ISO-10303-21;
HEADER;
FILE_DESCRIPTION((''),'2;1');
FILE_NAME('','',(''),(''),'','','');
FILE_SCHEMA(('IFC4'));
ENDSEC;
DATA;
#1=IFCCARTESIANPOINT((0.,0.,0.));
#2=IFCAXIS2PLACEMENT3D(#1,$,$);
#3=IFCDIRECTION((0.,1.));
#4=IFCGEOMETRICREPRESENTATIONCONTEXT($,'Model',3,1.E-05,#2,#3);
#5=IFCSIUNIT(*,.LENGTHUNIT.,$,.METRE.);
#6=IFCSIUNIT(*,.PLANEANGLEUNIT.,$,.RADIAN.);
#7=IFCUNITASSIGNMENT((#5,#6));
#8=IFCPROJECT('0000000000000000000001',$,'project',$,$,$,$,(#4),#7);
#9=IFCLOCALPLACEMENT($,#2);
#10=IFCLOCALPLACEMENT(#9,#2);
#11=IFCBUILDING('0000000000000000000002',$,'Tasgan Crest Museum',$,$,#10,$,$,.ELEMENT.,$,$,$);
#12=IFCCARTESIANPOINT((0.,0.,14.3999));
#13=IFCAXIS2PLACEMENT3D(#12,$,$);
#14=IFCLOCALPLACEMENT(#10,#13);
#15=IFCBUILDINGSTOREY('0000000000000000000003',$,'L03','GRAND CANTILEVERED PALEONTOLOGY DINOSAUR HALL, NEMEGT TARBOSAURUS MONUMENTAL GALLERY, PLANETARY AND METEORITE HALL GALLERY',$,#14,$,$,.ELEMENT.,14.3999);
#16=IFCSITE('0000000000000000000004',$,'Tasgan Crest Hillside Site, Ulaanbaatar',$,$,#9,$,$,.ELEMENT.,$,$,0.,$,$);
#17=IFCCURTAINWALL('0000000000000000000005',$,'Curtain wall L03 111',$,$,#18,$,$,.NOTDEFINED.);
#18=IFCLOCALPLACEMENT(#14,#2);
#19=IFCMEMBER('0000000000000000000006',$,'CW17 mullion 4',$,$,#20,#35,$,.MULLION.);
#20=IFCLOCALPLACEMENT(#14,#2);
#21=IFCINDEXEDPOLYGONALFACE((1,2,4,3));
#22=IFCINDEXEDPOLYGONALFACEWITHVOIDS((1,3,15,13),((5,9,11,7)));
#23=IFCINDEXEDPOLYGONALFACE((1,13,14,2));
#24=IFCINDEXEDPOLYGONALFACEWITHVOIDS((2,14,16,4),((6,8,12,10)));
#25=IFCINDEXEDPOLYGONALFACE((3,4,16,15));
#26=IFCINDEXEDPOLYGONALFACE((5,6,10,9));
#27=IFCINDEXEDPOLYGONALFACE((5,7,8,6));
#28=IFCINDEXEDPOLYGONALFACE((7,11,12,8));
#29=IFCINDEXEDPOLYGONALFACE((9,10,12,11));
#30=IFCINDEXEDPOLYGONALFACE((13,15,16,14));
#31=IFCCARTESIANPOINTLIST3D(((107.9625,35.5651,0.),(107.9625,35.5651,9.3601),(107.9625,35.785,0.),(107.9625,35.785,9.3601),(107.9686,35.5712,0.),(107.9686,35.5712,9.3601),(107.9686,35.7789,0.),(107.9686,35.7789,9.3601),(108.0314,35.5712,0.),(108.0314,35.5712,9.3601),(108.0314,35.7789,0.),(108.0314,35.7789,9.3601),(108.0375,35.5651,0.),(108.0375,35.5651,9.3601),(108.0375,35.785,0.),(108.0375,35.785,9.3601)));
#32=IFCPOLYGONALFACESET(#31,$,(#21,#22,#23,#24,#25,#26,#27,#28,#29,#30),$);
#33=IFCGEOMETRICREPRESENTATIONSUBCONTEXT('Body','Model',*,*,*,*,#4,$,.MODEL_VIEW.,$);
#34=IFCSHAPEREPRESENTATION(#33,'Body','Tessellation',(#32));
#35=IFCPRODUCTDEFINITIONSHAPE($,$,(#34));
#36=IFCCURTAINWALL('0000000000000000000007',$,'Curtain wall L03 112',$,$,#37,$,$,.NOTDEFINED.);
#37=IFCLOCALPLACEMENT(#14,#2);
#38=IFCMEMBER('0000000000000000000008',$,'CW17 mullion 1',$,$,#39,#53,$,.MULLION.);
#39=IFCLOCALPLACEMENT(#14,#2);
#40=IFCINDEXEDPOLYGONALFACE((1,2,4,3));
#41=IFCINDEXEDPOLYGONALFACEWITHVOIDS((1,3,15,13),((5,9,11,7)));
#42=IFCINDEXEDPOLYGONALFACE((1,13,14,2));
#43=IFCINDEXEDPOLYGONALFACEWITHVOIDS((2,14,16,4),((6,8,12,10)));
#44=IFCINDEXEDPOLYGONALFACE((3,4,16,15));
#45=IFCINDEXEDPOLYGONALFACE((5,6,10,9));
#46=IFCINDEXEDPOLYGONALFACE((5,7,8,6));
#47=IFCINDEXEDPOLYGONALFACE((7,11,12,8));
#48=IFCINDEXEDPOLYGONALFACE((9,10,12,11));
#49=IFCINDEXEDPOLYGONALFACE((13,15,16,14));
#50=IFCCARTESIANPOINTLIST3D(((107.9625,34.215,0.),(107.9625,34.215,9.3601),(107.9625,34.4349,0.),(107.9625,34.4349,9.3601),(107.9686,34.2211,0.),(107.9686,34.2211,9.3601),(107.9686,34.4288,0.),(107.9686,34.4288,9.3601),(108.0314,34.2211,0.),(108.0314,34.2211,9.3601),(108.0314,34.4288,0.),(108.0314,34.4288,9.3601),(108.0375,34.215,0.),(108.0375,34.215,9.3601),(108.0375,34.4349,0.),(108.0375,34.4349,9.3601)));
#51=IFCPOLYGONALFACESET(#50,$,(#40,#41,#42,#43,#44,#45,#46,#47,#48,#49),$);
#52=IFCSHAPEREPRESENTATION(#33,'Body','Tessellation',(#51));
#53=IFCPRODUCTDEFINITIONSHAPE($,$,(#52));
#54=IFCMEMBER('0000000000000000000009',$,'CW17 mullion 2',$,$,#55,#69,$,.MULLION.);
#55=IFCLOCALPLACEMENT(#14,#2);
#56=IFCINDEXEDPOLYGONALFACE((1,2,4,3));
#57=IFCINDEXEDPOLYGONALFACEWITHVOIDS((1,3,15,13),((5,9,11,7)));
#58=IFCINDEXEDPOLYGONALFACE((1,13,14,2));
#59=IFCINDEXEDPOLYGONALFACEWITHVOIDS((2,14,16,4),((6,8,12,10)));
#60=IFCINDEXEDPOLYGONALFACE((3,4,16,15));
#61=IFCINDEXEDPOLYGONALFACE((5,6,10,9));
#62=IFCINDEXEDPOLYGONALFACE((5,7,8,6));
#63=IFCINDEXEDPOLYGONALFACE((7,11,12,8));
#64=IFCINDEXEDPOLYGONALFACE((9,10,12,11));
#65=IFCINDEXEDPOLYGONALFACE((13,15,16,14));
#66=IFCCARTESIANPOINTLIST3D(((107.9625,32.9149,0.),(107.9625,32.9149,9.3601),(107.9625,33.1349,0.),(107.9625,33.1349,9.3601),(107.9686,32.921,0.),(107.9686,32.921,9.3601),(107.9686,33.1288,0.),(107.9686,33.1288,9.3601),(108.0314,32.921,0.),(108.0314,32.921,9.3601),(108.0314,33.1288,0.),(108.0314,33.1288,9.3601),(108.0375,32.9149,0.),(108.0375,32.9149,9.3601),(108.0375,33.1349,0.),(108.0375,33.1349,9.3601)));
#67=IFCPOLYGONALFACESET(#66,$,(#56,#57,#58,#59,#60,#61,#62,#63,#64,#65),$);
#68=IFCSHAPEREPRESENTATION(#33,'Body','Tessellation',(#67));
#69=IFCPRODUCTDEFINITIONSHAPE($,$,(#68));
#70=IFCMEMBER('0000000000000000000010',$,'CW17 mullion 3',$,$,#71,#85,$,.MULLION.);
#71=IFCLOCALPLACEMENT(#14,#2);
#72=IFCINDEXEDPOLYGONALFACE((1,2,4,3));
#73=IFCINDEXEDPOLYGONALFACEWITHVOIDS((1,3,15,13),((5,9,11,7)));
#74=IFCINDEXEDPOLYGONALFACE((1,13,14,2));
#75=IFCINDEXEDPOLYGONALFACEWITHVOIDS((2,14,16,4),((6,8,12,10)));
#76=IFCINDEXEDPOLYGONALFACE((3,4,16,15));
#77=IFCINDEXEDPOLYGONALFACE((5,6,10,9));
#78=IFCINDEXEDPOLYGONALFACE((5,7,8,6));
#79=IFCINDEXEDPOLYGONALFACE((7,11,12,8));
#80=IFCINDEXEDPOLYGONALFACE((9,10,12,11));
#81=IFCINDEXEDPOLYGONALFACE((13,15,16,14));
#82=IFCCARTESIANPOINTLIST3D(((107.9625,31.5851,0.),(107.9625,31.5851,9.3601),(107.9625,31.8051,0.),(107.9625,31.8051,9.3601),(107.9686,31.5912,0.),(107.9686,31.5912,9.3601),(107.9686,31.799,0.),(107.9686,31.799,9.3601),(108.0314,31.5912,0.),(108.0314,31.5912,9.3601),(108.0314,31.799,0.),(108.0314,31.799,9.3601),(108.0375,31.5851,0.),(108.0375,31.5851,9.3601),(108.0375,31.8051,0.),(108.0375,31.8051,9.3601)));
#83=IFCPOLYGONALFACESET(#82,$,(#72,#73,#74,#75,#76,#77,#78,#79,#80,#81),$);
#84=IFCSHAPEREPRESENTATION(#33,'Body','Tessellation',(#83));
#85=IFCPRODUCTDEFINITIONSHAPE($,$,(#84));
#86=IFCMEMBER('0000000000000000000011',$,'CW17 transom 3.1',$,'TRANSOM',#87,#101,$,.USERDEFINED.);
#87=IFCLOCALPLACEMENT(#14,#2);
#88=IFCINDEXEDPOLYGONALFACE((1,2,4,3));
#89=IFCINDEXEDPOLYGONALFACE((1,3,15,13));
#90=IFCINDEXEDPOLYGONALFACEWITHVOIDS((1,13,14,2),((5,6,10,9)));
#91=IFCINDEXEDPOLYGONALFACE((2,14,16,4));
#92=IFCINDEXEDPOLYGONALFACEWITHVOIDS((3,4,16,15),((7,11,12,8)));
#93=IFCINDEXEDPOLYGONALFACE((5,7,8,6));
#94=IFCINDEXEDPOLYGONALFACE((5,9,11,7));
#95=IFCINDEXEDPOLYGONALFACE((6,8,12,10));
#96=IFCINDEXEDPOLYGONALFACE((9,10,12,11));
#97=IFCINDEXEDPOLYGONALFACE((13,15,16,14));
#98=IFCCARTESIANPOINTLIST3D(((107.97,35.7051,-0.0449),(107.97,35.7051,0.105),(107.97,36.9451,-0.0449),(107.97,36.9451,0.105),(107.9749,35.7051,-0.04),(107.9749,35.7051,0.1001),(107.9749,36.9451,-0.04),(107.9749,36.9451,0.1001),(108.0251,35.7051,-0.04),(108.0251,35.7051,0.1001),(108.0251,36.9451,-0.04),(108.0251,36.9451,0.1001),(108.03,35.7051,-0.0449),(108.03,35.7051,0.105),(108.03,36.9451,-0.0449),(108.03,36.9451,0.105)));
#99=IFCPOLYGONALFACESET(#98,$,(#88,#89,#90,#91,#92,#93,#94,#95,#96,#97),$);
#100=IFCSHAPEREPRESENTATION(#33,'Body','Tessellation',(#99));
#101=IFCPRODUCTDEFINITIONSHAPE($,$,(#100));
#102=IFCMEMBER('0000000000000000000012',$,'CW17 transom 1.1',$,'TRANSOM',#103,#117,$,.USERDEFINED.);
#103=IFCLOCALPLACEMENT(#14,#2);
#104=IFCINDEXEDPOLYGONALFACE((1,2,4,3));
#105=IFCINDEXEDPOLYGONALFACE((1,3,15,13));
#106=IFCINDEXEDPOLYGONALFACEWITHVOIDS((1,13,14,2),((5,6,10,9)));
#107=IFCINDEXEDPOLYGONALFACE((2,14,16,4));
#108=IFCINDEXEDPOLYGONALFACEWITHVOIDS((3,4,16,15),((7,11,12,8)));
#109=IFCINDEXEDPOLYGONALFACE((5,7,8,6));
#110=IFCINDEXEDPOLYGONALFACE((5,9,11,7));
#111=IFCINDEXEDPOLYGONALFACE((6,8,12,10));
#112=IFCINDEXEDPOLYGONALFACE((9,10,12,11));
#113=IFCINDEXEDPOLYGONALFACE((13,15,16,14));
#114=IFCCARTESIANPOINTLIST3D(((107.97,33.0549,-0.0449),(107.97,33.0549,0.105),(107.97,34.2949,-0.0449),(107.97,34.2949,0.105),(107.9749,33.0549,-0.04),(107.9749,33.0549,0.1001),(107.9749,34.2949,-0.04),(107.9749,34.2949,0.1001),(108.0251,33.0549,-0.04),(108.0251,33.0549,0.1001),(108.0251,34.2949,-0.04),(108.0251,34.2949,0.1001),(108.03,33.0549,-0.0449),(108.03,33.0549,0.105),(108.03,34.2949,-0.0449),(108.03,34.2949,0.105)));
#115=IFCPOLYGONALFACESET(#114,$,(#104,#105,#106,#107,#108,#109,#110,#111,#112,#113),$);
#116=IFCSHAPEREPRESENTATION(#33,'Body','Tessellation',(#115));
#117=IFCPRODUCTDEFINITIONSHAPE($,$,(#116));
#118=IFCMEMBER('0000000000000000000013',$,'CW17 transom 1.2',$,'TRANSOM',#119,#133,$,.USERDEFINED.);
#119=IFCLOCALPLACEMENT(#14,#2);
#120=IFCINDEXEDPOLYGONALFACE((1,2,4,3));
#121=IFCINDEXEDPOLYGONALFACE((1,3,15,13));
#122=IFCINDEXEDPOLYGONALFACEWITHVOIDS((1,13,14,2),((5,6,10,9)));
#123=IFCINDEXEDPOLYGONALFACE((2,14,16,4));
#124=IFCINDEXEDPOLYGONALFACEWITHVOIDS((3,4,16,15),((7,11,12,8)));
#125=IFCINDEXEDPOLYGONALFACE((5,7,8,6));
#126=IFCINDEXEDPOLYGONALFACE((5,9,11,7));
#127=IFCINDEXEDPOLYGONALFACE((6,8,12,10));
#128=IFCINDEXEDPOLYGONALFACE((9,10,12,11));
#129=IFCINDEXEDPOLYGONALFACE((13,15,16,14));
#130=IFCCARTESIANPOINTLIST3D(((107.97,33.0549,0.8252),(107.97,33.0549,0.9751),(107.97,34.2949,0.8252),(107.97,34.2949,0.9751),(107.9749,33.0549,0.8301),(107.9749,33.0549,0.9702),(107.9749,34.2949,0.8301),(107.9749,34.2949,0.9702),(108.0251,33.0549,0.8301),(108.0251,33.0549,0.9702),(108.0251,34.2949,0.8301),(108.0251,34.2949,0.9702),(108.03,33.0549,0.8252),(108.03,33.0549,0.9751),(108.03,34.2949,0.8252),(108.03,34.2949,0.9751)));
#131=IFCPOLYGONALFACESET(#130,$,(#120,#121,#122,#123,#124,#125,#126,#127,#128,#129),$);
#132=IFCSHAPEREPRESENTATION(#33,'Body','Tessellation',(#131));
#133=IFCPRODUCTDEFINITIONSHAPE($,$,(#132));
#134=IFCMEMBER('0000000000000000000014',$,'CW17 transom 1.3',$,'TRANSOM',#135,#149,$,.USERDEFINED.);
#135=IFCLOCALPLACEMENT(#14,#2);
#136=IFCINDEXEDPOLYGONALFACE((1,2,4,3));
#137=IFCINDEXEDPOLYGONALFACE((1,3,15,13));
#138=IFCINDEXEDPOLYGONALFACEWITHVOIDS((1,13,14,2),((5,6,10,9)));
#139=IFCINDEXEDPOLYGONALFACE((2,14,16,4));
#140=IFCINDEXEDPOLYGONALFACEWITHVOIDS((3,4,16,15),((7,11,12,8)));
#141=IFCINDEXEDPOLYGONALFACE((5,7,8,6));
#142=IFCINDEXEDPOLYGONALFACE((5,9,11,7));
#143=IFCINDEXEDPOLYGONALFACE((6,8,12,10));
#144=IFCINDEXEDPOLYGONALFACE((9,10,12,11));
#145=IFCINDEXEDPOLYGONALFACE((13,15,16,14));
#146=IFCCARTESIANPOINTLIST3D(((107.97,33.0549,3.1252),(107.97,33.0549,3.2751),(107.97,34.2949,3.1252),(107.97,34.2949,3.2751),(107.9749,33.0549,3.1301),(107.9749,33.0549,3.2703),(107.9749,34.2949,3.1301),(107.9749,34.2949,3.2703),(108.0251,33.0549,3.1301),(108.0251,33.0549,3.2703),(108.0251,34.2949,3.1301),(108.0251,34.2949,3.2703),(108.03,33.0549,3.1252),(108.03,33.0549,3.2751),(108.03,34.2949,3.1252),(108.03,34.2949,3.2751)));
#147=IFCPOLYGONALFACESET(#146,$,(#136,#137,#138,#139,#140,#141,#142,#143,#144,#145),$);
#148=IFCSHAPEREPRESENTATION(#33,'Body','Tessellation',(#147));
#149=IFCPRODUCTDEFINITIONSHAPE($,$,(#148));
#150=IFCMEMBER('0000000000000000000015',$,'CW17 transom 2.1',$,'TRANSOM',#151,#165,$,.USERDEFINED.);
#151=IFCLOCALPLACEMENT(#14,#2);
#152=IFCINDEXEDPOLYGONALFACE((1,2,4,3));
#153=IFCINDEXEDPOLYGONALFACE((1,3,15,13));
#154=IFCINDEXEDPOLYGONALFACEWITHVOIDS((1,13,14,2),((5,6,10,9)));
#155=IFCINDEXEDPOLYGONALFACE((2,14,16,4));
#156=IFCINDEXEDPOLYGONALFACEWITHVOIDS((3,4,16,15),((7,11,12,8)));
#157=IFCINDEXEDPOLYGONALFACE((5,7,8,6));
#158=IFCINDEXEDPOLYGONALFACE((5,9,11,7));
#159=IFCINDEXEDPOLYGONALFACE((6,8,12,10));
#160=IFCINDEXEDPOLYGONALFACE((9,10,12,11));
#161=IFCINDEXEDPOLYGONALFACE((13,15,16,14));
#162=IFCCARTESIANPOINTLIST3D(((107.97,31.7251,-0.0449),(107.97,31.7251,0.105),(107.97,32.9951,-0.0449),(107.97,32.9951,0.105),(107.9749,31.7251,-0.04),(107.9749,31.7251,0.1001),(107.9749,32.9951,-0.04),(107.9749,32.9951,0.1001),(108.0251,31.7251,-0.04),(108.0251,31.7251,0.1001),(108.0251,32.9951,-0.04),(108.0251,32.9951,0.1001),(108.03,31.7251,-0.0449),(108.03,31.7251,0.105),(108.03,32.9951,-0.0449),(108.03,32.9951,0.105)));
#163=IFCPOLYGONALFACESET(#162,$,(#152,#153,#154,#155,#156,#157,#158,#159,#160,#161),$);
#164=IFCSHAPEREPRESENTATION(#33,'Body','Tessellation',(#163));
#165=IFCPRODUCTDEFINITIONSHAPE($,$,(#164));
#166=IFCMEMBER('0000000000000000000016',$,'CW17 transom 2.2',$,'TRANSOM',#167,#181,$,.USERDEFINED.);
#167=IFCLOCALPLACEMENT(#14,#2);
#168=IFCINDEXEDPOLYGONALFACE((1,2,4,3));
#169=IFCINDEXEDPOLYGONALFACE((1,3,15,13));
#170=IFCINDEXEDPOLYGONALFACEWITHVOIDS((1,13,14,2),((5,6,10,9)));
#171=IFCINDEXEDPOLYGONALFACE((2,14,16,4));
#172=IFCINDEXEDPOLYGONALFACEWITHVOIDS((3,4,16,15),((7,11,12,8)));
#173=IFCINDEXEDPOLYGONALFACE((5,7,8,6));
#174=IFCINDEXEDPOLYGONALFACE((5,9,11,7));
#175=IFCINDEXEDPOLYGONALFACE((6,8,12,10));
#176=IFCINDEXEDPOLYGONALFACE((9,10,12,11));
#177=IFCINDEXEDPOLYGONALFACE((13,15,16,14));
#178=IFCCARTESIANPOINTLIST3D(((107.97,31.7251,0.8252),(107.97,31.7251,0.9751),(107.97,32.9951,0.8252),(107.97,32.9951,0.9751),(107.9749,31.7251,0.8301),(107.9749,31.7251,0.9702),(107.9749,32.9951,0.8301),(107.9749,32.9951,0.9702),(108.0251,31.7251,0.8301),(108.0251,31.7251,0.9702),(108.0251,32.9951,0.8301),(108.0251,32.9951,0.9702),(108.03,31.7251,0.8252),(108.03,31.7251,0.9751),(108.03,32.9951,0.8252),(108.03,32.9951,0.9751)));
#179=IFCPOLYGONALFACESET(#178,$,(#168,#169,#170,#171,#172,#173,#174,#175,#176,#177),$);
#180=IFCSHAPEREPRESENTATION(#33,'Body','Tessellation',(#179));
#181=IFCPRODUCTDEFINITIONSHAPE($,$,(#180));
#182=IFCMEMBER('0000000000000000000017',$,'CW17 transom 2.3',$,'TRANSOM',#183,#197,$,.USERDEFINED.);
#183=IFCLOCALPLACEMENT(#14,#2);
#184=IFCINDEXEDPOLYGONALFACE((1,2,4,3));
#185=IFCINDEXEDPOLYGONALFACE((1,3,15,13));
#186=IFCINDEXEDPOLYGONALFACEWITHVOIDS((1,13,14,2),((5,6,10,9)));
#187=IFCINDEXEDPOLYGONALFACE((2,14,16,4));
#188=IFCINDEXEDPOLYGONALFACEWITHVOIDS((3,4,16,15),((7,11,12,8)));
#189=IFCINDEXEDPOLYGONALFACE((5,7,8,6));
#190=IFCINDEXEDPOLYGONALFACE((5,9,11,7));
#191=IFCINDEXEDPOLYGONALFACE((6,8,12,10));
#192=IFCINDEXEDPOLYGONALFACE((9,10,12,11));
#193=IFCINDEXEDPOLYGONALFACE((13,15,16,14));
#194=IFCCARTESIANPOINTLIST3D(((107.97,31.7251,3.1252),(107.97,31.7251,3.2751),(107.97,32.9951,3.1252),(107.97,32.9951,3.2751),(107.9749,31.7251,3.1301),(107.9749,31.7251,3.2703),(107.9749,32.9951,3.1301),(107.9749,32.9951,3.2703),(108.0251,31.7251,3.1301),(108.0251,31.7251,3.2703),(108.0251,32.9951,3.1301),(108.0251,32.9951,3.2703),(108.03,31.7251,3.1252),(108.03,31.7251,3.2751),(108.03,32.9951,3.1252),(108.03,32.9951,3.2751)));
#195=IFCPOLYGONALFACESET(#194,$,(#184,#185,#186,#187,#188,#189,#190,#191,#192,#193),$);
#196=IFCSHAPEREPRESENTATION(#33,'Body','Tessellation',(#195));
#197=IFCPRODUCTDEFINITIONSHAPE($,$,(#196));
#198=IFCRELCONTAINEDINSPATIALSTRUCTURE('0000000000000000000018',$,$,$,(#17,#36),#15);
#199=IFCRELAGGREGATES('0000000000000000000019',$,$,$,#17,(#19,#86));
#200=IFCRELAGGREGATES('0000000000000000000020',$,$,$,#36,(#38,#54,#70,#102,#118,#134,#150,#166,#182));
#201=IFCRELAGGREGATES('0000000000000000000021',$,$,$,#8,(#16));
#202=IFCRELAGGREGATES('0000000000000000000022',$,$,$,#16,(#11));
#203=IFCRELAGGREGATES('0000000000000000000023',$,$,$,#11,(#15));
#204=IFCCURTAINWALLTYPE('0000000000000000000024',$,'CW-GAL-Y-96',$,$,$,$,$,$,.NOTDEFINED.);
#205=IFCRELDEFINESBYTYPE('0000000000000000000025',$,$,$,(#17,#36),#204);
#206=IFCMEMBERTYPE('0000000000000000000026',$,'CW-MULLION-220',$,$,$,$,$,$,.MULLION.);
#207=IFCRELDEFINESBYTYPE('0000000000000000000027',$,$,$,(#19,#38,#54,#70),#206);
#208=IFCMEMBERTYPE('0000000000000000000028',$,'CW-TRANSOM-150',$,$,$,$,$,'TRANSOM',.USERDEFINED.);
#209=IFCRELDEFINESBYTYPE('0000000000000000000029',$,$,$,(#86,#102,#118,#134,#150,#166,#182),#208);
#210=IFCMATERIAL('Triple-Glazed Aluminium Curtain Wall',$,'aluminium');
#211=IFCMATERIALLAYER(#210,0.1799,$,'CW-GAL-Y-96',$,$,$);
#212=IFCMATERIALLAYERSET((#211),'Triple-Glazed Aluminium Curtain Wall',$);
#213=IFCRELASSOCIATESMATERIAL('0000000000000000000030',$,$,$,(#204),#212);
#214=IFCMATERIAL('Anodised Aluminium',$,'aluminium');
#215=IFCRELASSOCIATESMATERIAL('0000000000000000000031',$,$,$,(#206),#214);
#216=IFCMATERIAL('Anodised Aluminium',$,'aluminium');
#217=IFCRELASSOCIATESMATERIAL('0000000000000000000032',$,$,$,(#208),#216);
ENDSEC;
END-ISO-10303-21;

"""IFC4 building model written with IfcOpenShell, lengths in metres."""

from ifc_helpers import new_model, si_unit, direction, frame, origin, origin_2d, place, context, subcontext, project, spatial, hollow_rectangle, extrude, material, layer, layer_set, material_profile, profile_set, type_object, element, aggregate, save


model = new_model("IFC4")

# Units and contexts
model_context = context("Model", 3, precision=1e-05, world=origin(), true_north=direction((0.0, 1.0)))
body_context = subcontext(model_context, "Body", "Model", "MODEL_VIEW")
ifc_project = project(units=[si_unit("LENGTHUNIT", "METRE"), si_unit("PLANEANGLEUNIT", "RADIAN")], contexts=[model_context])

# Site, building, storey
site_placement = place(None, origin())
site = spatial("IfcSite", under=ifc_project, at=site_placement, Name="Tasgan Crest Hillside Site, Ulaanbaatar", CompositionType="ELEMENT", RefElevation=0.0)
building_placement = place(site_placement, origin())
building = spatial("IfcBuilding", under=site, at=building_placement, Name="Tasgan Crest Museum", CompositionType="ELEMENT")
storey_placement = place(building_placement, frame((0.0, 0.0, 14.3999)))
storey = spatial("IfcBuildingStorey", under=building, at=storey_placement, Name="L03", Description="GRAND CANTILEVERED PALEONTOLOGY DINOSAUR HALL, NEMEGT TARBOSAURUS MONUMENTAL GALLERY, PLANETARY AND METEORITE HALL GALLERY", CompositionType="ELEMENT", Elevation=14.3999)

# Curtain wall, member
ifc_material_1 = material(Name="Triple-Glazed Aluminium Curtain Wall", Category="aluminium")
ifc_layer_1 = layer(ifc_material_1, 0.1799, Name="CW-GAL-Y-96")
ifc_layer_set_1 = layer_set([ifc_layer_1], Name="Triple-Glazed Aluminium Curtain Wall")
curtain_wall_type = type_object("IfcCurtainWallType", Name="CW-GAL-Y-96", PredefinedType="NOTDEFINED", material=ifc_layer_set_1)
curtain_wall_1_placement = place(storey_placement, origin())
curtain_wall_1 = element("IfcCurtainWall", 1, at=curtain_wall_1_placement, inside=storey, type_object=curtain_wall_type, Name="Curtain wall L03 111", PredefinedType="NOTDEFINED")
ifc_material_2 = material(Name="Anodised Aluminium", Category="aluminium")
ifc_material_profile_1 = material_profile(ifc_material_2, hollow_rectangle(XDim=0.075, YDim=0.22, WallThickness=0.0061, at=origin_2d()), Name="ALU MULLION 220x75x6")
ifc_profile_set_1 = profile_set([ifc_material_profile_1], Name="Anodised Aluminium")
member_type_1 = type_object("IfcMemberType", Name="CW-MULLION-220", PredefinedType="MULLION", material=ifc_profile_set_1)
member_1_placement = place(storey_placement, frame((108.0, 35.675, 0.0), z_axis=(0.0, 0.0, 1.0), x_axis=(1.0, 0.0, 0.0)))
member_1 = element("IfcMember", 2, at=member_1_placement, type_object=member_type_1, Name="CW17 mullion 4", PredefinedType="MULLION", context=body_context, shape_type="SweptSolid", body=[
    extrude(hollow_rectangle(XDim=0.075, YDim=0.22, WallThickness=0.0061, at=origin_2d()), origin(), (0.0, 0.0, 1.0), 9.3601),
])

# Curtain wall, members
curtain_wall_2_placement = place(storey_placement, origin())
curtain_wall_2 = element("IfcCurtainWall", 3, at=curtain_wall_2_placement, inside=storey, type_object=curtain_wall_type, Name="Curtain wall L03 112", PredefinedType="NOTDEFINED")
member_2_placement = place(storey_placement, frame((108.0, 34.325, 0.0), z_axis=(0.0, 0.0, 1.0), x_axis=(1.0, 0.0, 0.0)))
member_2 = element("IfcMember", 4, at=member_2_placement, type_object=member_type_1, Name="CW17 mullion 1", PredefinedType="MULLION", context=body_context, shape_type="SweptSolid", body=[
    extrude(hollow_rectangle(XDim=0.075, YDim=0.22, WallThickness=0.0061, at=origin_2d()), origin(), (0.0, 0.0, 1.0), 9.3601),
])
member_3_placement = place(storey_placement, frame((108.0, 33.0249, 0.0), z_axis=(0.0, 0.0, 1.0), x_axis=(1.0, 0.0, 0.0)))
member_3 = element("IfcMember", 5, at=member_3_placement, type_object=member_type_1, Name="CW17 mullion 2", PredefinedType="MULLION", context=body_context, shape_type="SweptSolid", body=[
    extrude(hollow_rectangle(XDim=0.075, YDim=0.22, WallThickness=0.0061, at=origin_2d()), origin(), (0.0, 0.0, 1.0), 9.3601),
])
member_4_placement = place(storey_placement, frame((108.0, 31.6951, 0.0), z_axis=(0.0, 0.0, 1.0), x_axis=(1.0, 0.0, 0.0)))
member_4 = element("IfcMember", 6, at=member_4_placement, type_object=member_type_1, Name="CW17 mullion 3", PredefinedType="MULLION", context=body_context, shape_type="SweptSolid", body=[
    extrude(hollow_rectangle(XDim=0.075, YDim=0.22, WallThickness=0.0061, at=origin_2d()), origin(), (0.0, 0.0, 1.0), 9.3601),
])

# Members
ifc_material_3 = material(Name="Anodised Aluminium", Category="aluminium")
ifc_material_profile_2 = material_profile(ifc_material_3, hollow_rectangle(XDim=0.0601, YDim=0.1499, WallThickness=0.0049, at=origin_2d()), Name="ALU TRANSOM 150x60x5")
ifc_profile_set_2 = profile_set([ifc_material_profile_2], Name="Anodised Aluminium")
member_type_2 = type_object("IfcMemberType", Name="CW-TRANSOM-150", ElementType="TRANSOM", PredefinedType="USERDEFINED", material=ifc_profile_set_2)
member_5_placement = place(storey_placement, frame((108.0, 36.9451, 0.03), z_axis=(0.0, -1.0, 0.0), x_axis=(1.0, 0.0, 0.0)))
member_5 = element("IfcMember", 7, at=member_5_placement, type_object=member_type_2, Name="CW17 transom 3.1", ObjectType="TRANSOM", PredefinedType="USERDEFINED", context=body_context, shape_type="SweptSolid", body=[
    extrude(hollow_rectangle(XDim=0.0601, YDim=0.1499, WallThickness=0.0049, at=origin_2d()), origin(), (0.0, 0.0, 1.0), 1.24),
])
member_6_placement = place(storey_placement, frame((108.0, 34.2949, 0.03), z_axis=(0.0, -1.0, 0.0), x_axis=(1.0, 0.0, 0.0)))
member_6 = element("IfcMember", 8, at=member_6_placement, type_object=member_type_2, Name="CW17 transom 1.1", ObjectType="TRANSOM", PredefinedType="USERDEFINED", context=body_context, shape_type="SweptSolid", body=[
    extrude(hollow_rectangle(XDim=0.0601, YDim=0.1499, WallThickness=0.0049, at=origin_2d()), origin(), (0.0, 0.0, 1.0), 1.24),
])
member_7_placement = place(storey_placement, frame((108.0, 34.2949, 0.9001), z_axis=(0.0, -1.0, 0.0), x_axis=(1.0, 0.0, 0.0)))
member_7 = element("IfcMember", 9, at=member_7_placement, type_object=member_type_2, Name="CW17 transom 1.2", ObjectType="TRANSOM", PredefinedType="USERDEFINED", context=body_context, shape_type="SweptSolid", body=[
    extrude(hollow_rectangle(XDim=0.0601, YDim=0.1499, WallThickness=0.0049, at=origin_2d()), origin(), (0.0, 0.0, 1.0), 1.24),
])
member_8_placement = place(storey_placement, frame((108.0, 34.2949, 3.2002), z_axis=(0.0, -1.0, 0.0), x_axis=(1.0, 0.0, 0.0)))
member_8 = element("IfcMember", 10, at=member_8_placement, type_object=member_type_2, Name="CW17 transom 1.3", ObjectType="TRANSOM", PredefinedType="USERDEFINED", context=body_context, shape_type="SweptSolid", body=[
    extrude(hollow_rectangle(XDim=0.0601, YDim=0.1499, WallThickness=0.0049, at=origin_2d()), origin(), (0.0, 0.0, 1.0), 1.24),
])
member_9_placement = place(storey_placement, frame((108.0, 32.9951, 0.03), z_axis=(0.0, -1.0, 0.0), x_axis=(1.0, 0.0, 0.0)))
member_9 = element("IfcMember", 11, at=member_9_placement, type_object=member_type_2, Name="CW17 transom 2.1", ObjectType="TRANSOM", PredefinedType="USERDEFINED", context=body_context, shape_type="SweptSolid", body=[
    extrude(hollow_rectangle(XDim=0.0601, YDim=0.1499, WallThickness=0.0049, at=origin_2d()), origin(), (0.0, 0.0, 1.0), 1.27),
])
member_10_placement = place(storey_placement, frame((108.0, 32.9951, 0.9001), z_axis=(0.0, -1.0, 0.0), x_axis=(1.0, 0.0, 0.0)))
member_10 = element("IfcMember", 12, at=member_10_placement, type_object=member_type_2, Name="CW17 transom 2.2", ObjectType="TRANSOM", PredefinedType="USERDEFINED", context=body_context, shape_type="SweptSolid", body=[
    extrude(hollow_rectangle(XDim=0.0601, YDim=0.1499, WallThickness=0.0049, at=origin_2d()), origin(), (0.0, 0.0, 1.0), 1.27),
])
member_11_placement = place(storey_placement, frame((108.0, 32.9951, 3.2002), z_axis=(0.0, -1.0, 0.0), x_axis=(1.0, 0.0, 0.0)))
member_11 = element("IfcMember", 13, at=member_11_placement, type_object=member_type_2, Name="CW17 transom 2.3", ObjectType="TRANSOM", PredefinedType="USERDEFINED", context=body_context, shape_type="SweptSolid", body=[
    extrude(hollow_rectangle(XDim=0.0601, YDim=0.1499, WallThickness=0.0049, at=origin_2d()), origin(), (0.0, 0.0, 1.0), 1.27),
])

aggregate(curtain_wall_1, [member_1, member_5])
aggregate(curtain_wall_2, [member_2, member_3, member_4, member_6, member_7, member_8, member_9, member_10, member_11])

save(model, "model.ifc")
